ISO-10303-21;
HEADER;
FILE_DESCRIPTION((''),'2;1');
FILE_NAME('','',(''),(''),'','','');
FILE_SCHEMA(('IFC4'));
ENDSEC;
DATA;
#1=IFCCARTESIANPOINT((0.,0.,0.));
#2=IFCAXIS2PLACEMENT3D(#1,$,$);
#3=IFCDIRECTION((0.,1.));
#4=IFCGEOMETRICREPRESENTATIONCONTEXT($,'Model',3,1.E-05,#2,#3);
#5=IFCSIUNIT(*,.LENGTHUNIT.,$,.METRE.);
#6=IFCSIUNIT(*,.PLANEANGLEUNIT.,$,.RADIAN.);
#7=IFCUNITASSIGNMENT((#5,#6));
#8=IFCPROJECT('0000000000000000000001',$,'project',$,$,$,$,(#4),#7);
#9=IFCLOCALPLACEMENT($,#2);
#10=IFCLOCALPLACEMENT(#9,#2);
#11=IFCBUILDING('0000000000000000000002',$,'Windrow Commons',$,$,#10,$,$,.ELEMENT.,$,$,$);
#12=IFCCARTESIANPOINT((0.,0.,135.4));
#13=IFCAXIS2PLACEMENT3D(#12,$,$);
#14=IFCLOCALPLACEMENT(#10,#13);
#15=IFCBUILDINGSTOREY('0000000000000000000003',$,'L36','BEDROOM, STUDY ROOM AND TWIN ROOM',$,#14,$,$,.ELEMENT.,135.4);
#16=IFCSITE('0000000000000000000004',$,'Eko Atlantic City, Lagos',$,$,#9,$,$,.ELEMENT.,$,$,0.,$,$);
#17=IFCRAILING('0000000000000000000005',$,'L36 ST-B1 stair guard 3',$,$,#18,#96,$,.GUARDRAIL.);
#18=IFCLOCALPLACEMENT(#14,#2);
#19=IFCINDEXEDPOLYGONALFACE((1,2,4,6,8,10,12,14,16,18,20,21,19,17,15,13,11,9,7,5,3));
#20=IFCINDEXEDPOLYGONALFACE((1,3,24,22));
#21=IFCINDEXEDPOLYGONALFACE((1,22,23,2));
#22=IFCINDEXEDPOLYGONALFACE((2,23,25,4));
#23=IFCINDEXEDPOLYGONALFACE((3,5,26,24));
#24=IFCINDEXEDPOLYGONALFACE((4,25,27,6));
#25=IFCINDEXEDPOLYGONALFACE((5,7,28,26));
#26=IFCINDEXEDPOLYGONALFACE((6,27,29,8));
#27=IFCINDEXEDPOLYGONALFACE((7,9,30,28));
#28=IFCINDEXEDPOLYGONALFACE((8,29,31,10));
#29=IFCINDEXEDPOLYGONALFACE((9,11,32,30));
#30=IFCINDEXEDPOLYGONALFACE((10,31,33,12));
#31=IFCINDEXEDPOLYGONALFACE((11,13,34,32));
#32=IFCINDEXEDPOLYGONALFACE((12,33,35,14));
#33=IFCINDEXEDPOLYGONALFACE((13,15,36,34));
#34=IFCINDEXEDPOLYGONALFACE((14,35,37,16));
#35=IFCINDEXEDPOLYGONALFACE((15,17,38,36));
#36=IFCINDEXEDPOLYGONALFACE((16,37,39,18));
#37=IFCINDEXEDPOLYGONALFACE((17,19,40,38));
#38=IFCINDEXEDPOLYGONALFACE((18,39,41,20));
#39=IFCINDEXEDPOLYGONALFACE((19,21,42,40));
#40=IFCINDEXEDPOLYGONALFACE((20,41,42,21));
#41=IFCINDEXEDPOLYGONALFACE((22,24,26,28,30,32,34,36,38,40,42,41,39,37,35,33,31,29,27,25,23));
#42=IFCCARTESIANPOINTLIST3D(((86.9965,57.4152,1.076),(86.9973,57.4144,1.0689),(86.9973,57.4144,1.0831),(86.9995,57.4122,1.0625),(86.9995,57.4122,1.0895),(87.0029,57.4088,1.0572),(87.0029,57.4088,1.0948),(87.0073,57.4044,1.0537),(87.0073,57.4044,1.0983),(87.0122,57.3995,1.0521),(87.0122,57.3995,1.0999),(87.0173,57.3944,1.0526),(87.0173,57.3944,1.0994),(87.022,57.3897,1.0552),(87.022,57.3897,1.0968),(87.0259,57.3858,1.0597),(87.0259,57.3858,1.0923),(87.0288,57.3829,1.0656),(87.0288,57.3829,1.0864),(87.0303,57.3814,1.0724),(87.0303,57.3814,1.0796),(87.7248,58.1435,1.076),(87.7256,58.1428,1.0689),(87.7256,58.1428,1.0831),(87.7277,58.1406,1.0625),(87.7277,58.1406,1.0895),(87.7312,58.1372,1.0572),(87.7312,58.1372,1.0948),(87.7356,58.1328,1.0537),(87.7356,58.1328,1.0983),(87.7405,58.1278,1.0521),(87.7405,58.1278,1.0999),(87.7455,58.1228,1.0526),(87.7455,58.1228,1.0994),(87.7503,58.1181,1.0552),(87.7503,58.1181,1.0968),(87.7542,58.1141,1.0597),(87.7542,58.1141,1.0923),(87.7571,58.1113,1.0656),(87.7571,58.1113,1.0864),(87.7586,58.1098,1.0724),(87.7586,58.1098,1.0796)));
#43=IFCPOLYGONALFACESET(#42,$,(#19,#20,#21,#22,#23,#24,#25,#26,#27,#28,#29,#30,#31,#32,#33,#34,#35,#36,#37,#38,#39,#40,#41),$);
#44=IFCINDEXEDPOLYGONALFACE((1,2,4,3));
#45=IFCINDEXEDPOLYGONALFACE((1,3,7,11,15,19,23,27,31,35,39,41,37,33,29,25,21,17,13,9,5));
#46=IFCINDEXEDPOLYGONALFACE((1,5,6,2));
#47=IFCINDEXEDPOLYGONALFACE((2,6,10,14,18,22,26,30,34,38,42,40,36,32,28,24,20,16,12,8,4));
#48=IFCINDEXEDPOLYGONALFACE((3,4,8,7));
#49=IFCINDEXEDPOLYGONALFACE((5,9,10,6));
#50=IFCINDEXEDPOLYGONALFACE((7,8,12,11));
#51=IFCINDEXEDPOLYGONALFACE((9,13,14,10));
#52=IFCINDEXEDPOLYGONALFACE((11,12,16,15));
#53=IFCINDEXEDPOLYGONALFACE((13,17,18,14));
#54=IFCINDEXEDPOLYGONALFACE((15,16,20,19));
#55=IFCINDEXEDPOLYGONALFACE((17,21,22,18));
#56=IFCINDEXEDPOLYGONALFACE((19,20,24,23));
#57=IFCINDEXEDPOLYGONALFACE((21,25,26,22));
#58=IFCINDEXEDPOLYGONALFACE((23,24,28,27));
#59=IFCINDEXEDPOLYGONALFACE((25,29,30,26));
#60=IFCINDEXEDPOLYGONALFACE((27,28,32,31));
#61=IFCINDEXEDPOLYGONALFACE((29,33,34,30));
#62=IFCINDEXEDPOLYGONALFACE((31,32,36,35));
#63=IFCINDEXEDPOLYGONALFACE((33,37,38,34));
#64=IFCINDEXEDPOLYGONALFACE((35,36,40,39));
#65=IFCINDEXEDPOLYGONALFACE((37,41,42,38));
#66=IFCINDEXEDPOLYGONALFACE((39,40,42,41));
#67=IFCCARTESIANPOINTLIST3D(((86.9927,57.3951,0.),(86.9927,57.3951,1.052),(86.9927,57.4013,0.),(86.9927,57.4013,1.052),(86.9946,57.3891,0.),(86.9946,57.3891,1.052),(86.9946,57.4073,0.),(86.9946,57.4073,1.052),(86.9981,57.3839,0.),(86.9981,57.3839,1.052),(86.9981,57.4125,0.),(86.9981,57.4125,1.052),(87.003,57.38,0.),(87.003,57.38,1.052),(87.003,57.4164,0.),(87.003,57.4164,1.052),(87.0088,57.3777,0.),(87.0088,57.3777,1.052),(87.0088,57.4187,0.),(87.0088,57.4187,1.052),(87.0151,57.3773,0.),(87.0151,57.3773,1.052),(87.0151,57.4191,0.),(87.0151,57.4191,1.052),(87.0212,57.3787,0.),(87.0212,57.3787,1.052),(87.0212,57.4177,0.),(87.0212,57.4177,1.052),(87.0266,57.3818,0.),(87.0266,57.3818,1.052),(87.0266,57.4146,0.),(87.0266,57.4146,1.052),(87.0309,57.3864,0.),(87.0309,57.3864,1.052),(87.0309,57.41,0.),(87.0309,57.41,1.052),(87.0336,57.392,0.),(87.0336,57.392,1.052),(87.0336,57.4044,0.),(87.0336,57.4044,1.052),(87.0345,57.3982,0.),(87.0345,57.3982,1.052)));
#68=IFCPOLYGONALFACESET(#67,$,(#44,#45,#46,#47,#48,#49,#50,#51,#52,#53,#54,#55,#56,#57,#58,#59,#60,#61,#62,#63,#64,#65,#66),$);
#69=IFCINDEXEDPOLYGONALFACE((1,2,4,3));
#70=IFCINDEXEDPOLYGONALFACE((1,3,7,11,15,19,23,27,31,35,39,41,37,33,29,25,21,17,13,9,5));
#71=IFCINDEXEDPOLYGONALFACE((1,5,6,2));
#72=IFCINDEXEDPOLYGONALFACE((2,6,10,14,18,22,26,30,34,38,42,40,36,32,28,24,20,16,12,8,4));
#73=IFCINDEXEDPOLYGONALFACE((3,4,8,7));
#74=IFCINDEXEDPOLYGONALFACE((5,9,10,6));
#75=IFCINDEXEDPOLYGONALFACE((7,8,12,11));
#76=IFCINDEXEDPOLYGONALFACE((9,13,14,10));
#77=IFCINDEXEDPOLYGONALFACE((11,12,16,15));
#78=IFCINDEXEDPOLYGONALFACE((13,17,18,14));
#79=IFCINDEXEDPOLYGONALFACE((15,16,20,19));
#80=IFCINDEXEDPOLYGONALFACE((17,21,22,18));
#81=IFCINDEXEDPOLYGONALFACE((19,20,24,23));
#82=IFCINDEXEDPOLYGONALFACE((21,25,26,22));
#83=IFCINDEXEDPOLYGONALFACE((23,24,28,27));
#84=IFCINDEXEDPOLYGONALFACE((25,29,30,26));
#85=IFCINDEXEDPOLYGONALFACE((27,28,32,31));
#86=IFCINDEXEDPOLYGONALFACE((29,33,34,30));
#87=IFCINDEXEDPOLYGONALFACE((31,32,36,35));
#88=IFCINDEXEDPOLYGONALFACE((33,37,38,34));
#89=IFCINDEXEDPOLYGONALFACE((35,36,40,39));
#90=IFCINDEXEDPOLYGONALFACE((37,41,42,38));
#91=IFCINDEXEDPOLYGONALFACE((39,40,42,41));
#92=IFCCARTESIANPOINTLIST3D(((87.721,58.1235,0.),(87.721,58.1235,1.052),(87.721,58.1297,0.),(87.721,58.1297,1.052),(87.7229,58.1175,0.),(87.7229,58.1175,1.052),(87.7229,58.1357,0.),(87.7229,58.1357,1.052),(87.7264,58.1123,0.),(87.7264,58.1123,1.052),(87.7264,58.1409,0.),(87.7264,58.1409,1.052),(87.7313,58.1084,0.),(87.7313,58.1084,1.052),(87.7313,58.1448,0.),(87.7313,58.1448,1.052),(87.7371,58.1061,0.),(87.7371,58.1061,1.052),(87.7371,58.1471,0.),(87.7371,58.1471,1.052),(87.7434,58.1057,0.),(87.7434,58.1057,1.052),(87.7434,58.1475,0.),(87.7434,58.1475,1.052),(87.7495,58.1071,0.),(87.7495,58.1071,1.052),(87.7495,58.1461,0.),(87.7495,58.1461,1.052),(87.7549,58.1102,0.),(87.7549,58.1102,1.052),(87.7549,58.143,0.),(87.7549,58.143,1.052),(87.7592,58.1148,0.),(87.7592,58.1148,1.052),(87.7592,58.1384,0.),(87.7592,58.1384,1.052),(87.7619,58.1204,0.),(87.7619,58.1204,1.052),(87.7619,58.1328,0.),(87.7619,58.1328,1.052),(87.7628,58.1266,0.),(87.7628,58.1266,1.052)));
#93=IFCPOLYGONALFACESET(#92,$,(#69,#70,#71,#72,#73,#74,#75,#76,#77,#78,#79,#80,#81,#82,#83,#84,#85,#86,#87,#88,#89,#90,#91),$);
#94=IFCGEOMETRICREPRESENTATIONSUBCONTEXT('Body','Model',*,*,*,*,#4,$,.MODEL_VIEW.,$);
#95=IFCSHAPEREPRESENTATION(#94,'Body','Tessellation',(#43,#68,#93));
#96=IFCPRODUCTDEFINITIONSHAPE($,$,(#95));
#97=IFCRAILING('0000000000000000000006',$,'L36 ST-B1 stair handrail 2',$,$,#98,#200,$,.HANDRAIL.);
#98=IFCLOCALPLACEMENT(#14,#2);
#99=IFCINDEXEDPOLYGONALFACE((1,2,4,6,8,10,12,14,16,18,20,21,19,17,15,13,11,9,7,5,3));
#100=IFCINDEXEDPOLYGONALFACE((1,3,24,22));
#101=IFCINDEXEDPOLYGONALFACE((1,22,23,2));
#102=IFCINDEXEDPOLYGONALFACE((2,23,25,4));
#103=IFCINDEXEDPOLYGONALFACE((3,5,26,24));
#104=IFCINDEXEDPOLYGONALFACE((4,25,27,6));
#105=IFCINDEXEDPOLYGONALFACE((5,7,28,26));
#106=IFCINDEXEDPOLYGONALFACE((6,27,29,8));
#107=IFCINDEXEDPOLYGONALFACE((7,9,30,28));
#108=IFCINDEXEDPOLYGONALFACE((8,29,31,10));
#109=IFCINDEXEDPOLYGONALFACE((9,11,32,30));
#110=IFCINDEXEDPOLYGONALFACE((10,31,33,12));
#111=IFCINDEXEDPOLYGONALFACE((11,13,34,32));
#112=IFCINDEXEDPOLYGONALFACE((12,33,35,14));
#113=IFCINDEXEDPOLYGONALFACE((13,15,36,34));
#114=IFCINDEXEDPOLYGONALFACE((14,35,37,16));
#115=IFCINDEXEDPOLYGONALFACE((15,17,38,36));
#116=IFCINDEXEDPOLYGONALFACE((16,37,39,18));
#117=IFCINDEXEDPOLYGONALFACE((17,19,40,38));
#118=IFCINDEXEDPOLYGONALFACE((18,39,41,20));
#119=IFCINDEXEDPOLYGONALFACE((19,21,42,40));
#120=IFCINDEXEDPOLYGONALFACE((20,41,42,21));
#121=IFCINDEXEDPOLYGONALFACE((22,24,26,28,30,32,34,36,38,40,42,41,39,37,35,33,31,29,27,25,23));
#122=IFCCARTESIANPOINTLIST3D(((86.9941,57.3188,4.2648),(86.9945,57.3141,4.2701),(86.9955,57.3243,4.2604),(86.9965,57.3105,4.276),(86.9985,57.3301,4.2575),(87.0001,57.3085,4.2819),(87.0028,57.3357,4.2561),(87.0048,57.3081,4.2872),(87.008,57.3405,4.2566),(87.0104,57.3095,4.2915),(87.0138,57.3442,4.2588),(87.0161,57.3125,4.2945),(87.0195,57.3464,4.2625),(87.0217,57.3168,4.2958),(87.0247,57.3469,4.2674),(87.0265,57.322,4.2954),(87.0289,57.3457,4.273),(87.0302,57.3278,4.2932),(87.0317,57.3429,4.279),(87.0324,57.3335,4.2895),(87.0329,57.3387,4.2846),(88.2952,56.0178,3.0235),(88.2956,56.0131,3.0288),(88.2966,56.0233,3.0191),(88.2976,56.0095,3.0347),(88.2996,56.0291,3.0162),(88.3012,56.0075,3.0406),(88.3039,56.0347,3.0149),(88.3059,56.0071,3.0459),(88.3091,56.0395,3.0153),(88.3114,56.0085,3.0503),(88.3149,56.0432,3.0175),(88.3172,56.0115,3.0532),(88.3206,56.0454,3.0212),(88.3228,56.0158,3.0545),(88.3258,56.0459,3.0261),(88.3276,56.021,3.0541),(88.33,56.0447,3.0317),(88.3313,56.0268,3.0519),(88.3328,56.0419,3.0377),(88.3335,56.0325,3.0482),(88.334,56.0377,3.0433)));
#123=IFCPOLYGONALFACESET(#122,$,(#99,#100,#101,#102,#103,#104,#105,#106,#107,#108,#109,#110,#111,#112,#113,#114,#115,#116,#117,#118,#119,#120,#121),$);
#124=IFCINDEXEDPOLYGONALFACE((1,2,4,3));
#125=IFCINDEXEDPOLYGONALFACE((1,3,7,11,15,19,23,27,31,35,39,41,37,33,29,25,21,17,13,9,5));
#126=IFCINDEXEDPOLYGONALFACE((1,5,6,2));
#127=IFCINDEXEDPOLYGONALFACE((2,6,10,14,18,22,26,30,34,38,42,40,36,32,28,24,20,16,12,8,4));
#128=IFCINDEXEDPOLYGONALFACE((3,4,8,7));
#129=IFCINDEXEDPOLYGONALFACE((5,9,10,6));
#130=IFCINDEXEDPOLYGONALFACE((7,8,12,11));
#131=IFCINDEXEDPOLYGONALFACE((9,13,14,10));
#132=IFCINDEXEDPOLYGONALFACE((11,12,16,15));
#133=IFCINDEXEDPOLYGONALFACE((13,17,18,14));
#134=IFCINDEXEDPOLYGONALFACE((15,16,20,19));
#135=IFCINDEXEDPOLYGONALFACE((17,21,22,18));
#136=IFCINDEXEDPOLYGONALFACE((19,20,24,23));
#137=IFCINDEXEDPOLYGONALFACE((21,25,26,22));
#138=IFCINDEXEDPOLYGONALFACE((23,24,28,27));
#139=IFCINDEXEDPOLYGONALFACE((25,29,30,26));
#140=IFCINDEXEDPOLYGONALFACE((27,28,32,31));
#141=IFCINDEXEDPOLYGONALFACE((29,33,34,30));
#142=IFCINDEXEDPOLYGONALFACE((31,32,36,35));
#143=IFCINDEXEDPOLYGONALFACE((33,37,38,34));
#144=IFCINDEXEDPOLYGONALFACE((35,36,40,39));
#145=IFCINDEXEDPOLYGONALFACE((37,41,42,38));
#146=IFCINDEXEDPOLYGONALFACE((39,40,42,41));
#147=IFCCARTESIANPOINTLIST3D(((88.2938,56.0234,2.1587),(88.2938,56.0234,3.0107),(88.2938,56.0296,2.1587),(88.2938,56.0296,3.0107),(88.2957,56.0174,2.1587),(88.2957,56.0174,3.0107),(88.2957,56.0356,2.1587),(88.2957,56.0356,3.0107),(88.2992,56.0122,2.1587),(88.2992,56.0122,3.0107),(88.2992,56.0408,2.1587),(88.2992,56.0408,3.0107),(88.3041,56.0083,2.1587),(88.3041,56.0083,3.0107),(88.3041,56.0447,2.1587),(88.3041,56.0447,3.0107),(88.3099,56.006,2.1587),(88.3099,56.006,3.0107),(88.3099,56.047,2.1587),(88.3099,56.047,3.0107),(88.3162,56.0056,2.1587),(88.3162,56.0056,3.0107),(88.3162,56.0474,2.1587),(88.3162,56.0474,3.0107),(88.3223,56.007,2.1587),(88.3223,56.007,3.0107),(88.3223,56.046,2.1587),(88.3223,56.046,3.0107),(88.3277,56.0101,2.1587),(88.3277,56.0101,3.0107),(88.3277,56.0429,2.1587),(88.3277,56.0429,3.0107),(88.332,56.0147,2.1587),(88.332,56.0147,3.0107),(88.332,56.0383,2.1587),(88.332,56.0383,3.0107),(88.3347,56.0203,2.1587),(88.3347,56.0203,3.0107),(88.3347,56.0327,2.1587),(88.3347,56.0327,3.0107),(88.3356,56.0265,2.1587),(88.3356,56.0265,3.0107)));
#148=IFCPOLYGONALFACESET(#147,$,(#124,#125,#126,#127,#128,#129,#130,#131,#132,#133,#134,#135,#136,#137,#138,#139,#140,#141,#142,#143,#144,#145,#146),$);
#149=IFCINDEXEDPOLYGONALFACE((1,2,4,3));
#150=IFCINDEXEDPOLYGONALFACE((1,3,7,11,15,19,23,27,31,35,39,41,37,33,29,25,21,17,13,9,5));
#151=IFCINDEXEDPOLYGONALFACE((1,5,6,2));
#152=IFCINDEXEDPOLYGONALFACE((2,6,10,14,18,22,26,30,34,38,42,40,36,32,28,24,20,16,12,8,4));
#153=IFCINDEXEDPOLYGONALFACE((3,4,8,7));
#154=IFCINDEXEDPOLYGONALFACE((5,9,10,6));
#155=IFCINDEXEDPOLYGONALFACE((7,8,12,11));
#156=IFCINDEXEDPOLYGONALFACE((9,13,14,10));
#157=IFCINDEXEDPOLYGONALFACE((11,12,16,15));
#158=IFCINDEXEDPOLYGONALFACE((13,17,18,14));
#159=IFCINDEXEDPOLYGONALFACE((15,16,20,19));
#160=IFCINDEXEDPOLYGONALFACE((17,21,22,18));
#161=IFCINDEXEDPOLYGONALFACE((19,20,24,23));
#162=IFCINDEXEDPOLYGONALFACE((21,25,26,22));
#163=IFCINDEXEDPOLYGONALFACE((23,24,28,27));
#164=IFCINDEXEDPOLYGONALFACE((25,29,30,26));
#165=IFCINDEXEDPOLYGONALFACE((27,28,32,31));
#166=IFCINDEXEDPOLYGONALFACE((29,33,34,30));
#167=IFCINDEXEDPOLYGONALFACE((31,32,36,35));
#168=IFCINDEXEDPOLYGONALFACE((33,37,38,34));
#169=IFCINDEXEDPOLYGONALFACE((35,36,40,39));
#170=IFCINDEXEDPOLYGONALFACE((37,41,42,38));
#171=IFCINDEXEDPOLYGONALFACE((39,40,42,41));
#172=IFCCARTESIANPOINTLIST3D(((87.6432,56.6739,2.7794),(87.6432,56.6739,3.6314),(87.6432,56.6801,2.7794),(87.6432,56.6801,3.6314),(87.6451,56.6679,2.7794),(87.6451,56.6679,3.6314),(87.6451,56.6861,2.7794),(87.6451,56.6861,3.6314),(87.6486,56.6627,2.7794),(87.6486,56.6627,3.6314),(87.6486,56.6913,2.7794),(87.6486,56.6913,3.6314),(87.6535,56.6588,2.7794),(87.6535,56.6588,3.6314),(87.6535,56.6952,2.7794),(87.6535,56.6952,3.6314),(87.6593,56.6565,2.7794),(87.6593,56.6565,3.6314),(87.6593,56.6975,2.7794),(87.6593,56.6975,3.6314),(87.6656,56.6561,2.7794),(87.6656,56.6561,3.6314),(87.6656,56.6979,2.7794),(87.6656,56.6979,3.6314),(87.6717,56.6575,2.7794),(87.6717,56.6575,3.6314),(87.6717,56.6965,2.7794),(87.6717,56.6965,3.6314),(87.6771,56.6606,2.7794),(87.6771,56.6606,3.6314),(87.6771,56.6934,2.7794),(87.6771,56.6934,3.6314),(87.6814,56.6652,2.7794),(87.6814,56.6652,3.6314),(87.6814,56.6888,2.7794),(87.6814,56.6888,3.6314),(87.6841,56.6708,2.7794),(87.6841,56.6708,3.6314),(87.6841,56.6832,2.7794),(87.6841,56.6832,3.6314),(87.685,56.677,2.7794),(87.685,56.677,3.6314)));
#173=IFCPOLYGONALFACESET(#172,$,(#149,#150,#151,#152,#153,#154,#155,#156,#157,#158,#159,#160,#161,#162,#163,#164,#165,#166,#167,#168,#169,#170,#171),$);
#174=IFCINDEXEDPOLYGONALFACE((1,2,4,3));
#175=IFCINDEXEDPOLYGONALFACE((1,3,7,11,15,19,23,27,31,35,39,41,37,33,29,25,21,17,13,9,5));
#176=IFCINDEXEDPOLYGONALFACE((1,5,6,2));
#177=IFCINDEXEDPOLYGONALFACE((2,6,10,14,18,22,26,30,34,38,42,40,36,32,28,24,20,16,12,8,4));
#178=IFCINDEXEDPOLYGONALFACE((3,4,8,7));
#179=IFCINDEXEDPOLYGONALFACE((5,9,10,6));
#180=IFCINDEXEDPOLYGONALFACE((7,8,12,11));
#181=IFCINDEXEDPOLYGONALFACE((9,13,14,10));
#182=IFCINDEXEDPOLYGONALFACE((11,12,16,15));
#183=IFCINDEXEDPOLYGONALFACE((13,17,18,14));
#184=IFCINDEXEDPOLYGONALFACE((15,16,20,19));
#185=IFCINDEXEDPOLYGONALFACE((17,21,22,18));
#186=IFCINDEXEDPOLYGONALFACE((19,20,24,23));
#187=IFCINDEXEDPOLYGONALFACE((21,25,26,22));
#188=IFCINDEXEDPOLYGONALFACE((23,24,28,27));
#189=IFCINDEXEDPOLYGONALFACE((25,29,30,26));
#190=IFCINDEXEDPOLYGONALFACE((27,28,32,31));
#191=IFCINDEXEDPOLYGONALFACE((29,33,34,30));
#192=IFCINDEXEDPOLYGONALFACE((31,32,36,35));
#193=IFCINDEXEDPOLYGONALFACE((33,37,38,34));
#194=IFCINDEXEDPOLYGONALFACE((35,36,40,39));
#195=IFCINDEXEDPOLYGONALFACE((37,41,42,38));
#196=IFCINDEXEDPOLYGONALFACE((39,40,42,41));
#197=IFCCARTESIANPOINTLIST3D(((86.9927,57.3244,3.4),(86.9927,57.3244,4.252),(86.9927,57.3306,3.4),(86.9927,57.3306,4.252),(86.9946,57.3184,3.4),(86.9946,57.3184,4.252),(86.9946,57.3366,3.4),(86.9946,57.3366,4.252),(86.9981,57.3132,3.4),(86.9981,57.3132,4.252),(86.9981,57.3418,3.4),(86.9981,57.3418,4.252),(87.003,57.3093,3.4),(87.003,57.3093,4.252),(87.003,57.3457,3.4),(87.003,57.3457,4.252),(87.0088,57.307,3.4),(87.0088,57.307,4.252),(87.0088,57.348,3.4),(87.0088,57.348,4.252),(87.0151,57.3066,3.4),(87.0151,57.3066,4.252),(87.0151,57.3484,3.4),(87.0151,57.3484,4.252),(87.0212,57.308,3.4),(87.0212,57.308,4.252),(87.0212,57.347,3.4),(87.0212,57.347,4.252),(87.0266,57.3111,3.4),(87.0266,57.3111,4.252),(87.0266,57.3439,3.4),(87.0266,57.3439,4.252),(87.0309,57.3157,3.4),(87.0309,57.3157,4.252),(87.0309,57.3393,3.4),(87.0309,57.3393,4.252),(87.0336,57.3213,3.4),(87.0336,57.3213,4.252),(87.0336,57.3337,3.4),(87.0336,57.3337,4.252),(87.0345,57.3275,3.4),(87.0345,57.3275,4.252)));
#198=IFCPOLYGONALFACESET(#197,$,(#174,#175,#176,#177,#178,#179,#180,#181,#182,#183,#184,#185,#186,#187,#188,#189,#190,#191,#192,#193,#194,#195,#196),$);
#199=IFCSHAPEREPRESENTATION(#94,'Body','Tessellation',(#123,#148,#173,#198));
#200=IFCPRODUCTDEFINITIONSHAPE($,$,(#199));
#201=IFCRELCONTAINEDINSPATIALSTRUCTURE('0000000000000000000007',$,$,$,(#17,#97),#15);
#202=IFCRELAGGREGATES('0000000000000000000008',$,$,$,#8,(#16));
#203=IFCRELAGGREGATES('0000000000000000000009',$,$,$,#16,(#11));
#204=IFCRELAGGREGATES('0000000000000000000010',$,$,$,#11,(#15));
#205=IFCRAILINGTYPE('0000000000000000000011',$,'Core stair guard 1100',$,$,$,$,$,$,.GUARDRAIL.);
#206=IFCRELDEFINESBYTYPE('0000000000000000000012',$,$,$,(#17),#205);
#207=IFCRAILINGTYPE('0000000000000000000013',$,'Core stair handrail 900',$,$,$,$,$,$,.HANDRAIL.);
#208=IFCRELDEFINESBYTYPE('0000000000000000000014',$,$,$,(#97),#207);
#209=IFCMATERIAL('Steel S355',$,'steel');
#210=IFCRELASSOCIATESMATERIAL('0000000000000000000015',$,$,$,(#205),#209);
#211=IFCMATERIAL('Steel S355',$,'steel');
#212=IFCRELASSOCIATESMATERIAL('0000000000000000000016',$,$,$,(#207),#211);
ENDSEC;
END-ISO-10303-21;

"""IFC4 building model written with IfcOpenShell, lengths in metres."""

from ifc_helpers import new_model, si_unit, direction, frame, origin, origin_2d, place, context, subcontext, project, spatial, circle, extrude, material, type_object, element, save


model = new_model("IFC4")

# Units and contexts
model_context = context("Model", 3, precision=1e-05, world=origin(), true_north=direction((0.0, 1.0)))
body_context = subcontext(model_context, "Body", "Model", "MODEL_VIEW")
ifc_project = project(units=[si_unit("LENGTHUNIT", "METRE"), si_unit("PLANEANGLEUNIT", "RADIAN")], contexts=[model_context])

# Site, building, storey
site_placement = place(None, origin())
site = spatial("IfcSite", under=ifc_project, at=site_placement, Name="Eko Atlantic City, Lagos", CompositionType="ELEMENT", RefElevation=0.0)
building_placement = place(site_placement, origin())
building = spatial("IfcBuilding", under=site, at=building_placement, Name="Windrow Commons", CompositionType="ELEMENT")
storey_placement = place(building_placement, frame((0.0, 0.0, 135.4)))
storey = spatial("IfcBuildingStorey", under=building, at=storey_placement, Name="L36", Description="BEDROOM, STUDY ROOM AND TWIN ROOM", CompositionType="ELEMENT", Elevation=135.4)

# Railings
ifc_material_1 = material(Name="Steel S355", Category="steel")
railing_type_1 = type_object("IfcRailingType", Name="Core stair guard 1100", PredefinedType="GUARDRAIL", material=ifc_material_1)
railing_1_placement = place(storey_placement, frame((87.0135, 57.3982, 0.0)))
element("IfcRailing", 1, at=railing_1_placement, inside=storey, type_object=railing_type_1, Name="L36 ST-B1 stair guard 3", PredefinedType="GUARDRAIL", context=body_context, shape_type="SweptSolid", body=[
    extrude(circle(Radius=0.024, at=origin_2d()), frame((0.0, 0.0, 1.076), z_axis=(0.707058, 0.707155, 0.0), x_axis=(-0.707155, 0.707058, 0.0)), (0.0, 0.0, 1.0), 1.03),
    extrude(circle(Radius=0.021, at=origin_2d()), origin(), (0.0, 0.0, 1.0), 1.052),
    extrude(circle(Radius=0.021, at=origin_2d()), frame((0.7283, 0.7284, 0.0)), (0.0, 0.0, 1.0), 1.052),
])
ifc_material_2 = material(Name="Steel S355", Category="steel")
railing_type_2 = type_object("IfcRailingType", Name="Core stair handrail 900", PredefinedType="HANDRAIL", material=ifc_material_2)
railing_2_placement = place(storey_placement, frame((88.3146, 56.0265, 2.1587)))
element("IfcRailing", 2, at=railing_2_placement, inside=storey, type_object=railing_type_2, Name="L36 ST-B1 stair handrail 2", PredefinedType="HANDRAIL", context=body_context, shape_type="SweptSolid", body=[
    extrude(circle(Radius=0.024, at=origin_2d()), frame((0.0, 0.0, 0.876), z_axis=(-0.586207, 0.586162, 0.559264), x_axis=(-0.70708, -0.707134, 0.0)), (0.0, 0.0, 1.0), 2.2195),
    extrude(circle(Radius=0.021, at=origin_2d()), origin(), (0.0, 0.0, 1.0), 0.852),
    extrude(circle(Radius=0.021, at=origin_2d()), frame((-0.6506, 0.6505, 0.6207)), (0.0, 0.0, 1.0), 0.852),
    extrude(circle(Radius=0.021, at=origin_2d()), frame((-1.3011, 1.301, 1.2413)), (0.0, 0.0, 1.0), 0.852),
])

save(model, "model.ifc")
